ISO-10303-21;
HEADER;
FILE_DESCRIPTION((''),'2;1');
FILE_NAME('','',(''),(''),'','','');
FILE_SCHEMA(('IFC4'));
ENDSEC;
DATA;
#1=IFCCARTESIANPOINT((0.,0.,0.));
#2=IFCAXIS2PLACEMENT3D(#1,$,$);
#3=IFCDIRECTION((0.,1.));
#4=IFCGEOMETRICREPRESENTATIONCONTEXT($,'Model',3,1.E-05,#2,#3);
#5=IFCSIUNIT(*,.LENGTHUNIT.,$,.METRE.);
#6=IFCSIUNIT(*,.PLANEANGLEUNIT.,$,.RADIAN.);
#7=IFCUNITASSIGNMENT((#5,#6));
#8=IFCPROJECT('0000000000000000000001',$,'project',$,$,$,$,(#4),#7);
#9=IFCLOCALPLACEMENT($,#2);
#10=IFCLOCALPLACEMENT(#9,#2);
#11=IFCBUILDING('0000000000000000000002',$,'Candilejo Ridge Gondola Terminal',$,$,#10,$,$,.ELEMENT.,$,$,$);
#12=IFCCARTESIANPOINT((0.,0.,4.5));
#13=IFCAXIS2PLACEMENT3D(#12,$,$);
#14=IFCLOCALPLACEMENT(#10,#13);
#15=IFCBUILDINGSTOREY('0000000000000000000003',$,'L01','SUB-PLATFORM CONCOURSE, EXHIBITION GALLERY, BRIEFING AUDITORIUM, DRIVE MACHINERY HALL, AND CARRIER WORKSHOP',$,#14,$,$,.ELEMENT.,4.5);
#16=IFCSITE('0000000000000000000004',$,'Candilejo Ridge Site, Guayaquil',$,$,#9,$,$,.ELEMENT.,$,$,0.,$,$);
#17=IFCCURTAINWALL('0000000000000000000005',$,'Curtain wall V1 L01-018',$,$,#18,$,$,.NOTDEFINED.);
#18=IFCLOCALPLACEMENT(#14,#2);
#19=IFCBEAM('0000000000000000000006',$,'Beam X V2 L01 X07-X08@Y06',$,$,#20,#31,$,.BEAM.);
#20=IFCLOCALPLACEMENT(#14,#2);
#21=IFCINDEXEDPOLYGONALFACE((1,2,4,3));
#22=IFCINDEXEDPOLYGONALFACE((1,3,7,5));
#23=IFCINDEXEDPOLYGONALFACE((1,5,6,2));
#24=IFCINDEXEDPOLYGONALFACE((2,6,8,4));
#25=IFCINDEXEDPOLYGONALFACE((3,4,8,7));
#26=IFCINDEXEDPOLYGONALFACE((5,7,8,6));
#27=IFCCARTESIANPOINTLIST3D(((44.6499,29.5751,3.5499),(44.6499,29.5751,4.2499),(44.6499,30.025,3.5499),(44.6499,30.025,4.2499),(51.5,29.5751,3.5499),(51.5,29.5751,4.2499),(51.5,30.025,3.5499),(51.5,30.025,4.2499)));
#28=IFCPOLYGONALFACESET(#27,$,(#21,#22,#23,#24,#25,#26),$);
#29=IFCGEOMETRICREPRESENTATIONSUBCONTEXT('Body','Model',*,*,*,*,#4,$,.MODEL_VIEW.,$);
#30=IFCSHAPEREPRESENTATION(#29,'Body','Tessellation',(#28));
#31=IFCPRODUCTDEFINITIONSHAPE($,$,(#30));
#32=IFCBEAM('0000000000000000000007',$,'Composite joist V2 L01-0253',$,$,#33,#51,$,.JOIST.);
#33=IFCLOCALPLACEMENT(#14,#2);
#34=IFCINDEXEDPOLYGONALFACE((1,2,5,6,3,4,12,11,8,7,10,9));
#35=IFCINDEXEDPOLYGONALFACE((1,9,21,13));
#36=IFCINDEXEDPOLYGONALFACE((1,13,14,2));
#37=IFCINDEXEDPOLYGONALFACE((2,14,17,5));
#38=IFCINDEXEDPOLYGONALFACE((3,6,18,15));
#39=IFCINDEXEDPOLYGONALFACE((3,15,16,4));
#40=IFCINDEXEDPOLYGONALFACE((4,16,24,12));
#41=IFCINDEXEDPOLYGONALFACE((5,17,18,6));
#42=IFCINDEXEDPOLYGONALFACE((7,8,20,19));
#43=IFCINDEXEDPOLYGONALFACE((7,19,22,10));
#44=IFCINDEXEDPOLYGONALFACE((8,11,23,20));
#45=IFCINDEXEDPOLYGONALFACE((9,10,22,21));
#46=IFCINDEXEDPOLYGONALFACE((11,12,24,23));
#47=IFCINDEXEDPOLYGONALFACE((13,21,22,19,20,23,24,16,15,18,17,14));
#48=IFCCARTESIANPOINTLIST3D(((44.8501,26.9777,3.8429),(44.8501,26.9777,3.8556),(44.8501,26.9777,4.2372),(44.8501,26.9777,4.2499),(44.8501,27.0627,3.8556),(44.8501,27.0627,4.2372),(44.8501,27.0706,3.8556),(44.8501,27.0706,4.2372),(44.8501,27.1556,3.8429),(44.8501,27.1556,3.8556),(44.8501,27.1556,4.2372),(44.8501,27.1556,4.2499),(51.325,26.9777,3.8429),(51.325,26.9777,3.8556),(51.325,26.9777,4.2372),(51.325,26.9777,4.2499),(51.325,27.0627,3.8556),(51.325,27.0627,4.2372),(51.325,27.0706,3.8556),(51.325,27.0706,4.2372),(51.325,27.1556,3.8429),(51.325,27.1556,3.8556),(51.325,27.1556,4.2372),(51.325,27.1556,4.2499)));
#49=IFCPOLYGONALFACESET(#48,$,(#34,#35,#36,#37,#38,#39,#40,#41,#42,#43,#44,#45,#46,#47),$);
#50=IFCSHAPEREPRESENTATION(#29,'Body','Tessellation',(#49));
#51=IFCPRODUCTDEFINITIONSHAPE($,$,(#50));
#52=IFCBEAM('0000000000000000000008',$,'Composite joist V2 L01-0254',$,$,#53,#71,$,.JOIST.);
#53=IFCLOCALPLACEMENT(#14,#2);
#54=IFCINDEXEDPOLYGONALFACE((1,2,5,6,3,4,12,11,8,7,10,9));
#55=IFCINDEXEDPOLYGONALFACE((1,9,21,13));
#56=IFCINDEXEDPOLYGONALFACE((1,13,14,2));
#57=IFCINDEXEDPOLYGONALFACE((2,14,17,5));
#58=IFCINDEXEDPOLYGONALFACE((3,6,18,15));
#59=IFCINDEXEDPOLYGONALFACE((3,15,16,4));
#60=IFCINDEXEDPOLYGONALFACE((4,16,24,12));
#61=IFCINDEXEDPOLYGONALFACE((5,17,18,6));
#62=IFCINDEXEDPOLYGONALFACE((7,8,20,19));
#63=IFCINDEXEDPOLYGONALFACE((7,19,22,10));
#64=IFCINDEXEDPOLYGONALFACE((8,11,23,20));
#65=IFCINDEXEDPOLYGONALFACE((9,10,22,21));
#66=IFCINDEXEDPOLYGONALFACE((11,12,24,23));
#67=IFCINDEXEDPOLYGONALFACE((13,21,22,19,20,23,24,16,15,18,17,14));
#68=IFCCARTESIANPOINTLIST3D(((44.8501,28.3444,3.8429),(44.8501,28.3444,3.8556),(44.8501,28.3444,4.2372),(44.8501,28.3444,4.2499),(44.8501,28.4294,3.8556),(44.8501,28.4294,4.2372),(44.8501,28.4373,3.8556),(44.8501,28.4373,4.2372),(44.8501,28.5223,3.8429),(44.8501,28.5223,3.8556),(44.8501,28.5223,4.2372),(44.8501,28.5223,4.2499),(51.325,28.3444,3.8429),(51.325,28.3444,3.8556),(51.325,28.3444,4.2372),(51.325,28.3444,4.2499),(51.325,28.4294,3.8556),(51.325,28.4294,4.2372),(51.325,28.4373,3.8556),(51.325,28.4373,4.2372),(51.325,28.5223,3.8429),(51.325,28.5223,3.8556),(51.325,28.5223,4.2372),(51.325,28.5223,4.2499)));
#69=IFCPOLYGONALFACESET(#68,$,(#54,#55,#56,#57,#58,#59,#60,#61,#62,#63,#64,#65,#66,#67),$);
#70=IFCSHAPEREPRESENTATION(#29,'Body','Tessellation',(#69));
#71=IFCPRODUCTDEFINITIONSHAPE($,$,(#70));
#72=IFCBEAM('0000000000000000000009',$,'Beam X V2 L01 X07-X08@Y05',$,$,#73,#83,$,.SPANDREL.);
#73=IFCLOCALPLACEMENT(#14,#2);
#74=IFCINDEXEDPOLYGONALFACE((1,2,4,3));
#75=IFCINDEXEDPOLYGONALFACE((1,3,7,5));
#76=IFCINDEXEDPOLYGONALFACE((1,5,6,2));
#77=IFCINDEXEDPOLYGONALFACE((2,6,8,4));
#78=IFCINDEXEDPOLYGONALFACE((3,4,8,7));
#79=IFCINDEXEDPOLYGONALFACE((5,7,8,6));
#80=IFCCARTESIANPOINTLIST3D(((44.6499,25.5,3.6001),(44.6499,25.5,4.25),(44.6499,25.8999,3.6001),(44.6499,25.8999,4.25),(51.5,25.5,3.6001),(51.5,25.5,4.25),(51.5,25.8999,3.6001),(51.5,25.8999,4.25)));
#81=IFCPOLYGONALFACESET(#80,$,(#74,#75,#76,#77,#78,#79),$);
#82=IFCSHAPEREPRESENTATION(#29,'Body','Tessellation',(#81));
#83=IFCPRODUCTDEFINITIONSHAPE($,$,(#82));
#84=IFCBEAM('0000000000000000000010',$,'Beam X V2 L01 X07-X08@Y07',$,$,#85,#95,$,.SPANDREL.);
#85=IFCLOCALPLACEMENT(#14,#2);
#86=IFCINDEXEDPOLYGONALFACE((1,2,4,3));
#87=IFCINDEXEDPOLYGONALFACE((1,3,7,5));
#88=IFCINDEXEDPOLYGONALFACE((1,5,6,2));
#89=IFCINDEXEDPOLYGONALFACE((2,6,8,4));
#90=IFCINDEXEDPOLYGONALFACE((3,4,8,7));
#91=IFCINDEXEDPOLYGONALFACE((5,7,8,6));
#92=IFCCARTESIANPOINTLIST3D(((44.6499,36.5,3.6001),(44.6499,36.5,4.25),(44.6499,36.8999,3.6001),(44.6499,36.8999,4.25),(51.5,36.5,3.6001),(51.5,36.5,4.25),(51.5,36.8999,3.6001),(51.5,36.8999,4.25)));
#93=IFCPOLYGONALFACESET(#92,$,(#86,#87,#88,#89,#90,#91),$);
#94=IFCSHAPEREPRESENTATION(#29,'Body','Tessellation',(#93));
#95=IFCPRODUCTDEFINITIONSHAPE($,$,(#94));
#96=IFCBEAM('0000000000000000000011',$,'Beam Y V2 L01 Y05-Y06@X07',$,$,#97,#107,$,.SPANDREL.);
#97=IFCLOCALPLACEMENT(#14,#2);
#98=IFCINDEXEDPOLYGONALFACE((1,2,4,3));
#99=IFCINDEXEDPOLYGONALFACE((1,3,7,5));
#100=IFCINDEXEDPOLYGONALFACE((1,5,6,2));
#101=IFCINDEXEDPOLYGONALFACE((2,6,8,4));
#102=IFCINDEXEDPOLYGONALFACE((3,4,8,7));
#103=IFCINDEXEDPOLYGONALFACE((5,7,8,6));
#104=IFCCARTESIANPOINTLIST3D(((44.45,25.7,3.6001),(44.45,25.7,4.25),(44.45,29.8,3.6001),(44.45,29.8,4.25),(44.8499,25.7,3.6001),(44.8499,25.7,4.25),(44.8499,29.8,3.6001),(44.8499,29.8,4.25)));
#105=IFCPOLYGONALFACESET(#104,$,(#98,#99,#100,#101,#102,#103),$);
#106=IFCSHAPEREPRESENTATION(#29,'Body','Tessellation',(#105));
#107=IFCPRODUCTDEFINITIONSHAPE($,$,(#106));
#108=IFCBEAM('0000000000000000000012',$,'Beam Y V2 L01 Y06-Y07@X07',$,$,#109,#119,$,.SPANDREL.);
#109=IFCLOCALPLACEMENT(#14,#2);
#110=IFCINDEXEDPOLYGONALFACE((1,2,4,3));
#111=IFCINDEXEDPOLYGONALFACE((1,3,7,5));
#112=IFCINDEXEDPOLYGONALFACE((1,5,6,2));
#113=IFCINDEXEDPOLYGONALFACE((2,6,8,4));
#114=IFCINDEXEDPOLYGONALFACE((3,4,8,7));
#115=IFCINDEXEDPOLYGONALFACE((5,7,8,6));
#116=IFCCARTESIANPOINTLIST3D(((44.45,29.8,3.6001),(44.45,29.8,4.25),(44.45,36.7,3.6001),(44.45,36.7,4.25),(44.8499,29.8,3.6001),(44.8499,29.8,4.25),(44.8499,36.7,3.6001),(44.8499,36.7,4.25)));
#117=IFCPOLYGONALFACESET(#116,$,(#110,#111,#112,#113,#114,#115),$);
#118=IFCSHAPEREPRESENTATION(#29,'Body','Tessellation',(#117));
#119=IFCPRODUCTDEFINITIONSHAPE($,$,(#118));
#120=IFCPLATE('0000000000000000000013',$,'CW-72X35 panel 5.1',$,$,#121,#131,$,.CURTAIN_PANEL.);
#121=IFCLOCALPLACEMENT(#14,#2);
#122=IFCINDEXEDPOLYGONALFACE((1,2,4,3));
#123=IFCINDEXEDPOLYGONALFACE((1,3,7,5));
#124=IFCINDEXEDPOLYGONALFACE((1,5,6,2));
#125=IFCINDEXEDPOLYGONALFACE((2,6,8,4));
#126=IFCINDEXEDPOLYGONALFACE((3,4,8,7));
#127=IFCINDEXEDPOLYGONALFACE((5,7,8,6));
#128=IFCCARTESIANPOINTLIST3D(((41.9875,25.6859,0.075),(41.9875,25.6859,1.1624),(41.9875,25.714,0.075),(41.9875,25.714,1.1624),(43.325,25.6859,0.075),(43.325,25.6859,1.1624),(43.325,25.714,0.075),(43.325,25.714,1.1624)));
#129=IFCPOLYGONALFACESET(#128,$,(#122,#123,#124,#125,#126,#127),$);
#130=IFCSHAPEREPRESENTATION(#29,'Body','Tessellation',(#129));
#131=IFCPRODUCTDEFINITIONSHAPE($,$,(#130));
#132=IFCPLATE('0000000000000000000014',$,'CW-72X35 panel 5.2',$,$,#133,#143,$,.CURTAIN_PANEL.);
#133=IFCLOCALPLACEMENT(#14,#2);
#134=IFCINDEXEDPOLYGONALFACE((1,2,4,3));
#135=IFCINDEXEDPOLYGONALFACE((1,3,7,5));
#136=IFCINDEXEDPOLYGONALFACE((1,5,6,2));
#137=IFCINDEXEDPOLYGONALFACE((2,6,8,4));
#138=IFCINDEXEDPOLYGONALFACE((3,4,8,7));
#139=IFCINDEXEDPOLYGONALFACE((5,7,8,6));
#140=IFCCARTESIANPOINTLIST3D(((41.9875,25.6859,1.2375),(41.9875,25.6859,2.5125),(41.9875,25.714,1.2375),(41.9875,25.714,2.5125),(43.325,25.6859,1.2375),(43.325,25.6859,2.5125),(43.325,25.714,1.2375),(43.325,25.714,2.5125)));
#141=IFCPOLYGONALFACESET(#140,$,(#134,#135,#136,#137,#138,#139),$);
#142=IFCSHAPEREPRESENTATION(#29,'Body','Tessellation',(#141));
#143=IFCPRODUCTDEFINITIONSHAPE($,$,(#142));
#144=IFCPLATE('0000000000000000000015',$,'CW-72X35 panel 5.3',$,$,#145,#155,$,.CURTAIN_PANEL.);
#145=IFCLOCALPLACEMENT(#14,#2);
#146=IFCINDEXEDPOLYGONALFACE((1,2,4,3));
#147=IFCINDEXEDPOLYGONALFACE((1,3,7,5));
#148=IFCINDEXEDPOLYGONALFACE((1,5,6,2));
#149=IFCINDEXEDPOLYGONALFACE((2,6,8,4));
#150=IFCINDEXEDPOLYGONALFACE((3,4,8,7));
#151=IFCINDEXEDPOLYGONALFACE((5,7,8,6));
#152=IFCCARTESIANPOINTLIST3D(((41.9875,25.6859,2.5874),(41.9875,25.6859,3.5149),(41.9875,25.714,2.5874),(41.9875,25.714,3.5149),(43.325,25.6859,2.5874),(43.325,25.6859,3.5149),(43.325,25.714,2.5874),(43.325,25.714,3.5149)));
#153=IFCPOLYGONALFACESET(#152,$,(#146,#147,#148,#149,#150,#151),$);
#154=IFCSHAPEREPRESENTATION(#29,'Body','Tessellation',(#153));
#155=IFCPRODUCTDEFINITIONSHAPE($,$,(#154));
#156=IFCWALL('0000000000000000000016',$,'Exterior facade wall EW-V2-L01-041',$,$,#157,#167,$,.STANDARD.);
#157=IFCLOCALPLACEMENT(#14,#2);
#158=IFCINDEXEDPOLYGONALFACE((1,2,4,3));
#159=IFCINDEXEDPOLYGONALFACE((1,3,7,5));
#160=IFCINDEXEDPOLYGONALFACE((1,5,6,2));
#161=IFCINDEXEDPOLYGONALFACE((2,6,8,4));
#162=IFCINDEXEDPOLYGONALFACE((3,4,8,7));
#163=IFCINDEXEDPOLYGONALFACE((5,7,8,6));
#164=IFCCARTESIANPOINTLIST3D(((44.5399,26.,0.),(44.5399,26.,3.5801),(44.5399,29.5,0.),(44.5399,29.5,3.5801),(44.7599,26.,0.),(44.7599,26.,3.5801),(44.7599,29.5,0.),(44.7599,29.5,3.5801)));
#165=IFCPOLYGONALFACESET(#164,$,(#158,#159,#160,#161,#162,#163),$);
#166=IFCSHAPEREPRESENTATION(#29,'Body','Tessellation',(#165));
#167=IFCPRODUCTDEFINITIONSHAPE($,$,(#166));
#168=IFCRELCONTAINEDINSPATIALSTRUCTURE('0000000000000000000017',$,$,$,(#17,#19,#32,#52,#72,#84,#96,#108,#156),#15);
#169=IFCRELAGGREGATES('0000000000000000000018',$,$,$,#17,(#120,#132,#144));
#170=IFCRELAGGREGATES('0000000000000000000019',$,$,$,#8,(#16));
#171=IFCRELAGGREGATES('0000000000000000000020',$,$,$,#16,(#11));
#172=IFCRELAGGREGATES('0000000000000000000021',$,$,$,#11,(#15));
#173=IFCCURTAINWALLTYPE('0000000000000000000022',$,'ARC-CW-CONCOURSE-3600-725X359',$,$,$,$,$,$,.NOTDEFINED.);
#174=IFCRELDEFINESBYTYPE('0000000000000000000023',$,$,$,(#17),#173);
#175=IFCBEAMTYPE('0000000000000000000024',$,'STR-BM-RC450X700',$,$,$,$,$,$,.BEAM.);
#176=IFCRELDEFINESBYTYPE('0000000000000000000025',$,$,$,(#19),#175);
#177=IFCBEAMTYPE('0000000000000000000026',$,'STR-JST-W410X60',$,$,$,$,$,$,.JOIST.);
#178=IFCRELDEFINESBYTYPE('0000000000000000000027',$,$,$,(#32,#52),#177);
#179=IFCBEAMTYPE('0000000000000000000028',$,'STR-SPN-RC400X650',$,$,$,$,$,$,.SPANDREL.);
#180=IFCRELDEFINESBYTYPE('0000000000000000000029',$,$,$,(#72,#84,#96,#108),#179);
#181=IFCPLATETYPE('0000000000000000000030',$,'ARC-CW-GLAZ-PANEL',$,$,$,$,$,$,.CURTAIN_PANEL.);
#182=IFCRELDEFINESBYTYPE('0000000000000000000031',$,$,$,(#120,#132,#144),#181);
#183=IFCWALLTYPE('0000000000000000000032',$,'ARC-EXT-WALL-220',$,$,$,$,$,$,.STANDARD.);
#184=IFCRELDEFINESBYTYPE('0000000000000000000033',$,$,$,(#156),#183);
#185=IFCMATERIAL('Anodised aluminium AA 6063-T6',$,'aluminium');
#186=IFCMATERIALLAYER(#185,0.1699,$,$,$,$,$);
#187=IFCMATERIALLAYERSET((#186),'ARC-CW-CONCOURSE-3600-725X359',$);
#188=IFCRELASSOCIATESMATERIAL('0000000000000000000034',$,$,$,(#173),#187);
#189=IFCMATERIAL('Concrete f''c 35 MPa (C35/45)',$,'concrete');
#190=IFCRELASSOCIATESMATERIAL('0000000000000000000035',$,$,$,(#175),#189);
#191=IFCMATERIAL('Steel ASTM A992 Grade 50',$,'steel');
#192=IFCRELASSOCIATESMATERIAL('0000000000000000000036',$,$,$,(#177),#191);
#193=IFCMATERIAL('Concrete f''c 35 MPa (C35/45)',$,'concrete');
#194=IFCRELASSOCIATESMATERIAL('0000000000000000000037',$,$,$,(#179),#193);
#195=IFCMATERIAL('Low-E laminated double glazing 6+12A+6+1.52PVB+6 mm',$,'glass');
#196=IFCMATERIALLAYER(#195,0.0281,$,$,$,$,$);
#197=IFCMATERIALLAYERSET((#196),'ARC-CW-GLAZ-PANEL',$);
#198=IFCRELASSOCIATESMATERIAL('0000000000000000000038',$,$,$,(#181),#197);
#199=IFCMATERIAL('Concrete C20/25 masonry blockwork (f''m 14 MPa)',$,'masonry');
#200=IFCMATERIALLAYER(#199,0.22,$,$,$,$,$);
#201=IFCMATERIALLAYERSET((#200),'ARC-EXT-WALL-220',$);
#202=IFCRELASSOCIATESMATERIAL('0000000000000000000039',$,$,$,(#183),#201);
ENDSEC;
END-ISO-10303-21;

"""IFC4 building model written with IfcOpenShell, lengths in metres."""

from ifc_helpers import new_model, si_unit, direction, frame, frame_2d, origin, origin_2d, place, context, subcontext, project, spatial, rectangle, i_section, extrude, material, layer, layer_set, material_profile, profile_set, type_object, element, aggregate, save


model = new_model("IFC4")

# Units and contexts
model_context = context("Model", 3, precision=1e-05, world=origin(), true_north=direction((0.0, 1.0)))
body_context = subcontext(model_context, "Body", "Model", "MODEL_VIEW")
ifc_project = project(units=[si_unit("LENGTHUNIT", "METRE"), si_unit("PLANEANGLEUNIT", "RADIAN")], contexts=[model_context])

# Site, building, storey
site_placement = place(None, origin())
site = spatial("IfcSite", under=ifc_project, at=site_placement, Name="Candilejo Ridge Site, Guayaquil", CompositionType="ELEMENT", RefElevation=0.0)
building_placement = place(site_placement, origin())
building = spatial("IfcBuilding", under=site, at=building_placement, Name="Candilejo Ridge Gondola Terminal", CompositionType="ELEMENT")
storey_placement = place(building_placement, frame((0.0, 0.0, 4.5)))
storey = spatial("IfcBuildingStorey", under=building, at=storey_placement, Name="L01", Description="SUB-PLATFORM CONCOURSE, EXHIBITION GALLERY, BRIEFING AUDITORIUM, DRIVE MACHINERY HALL, AND CARRIER WORKSHOP", CompositionType="ELEMENT", Elevation=4.5)

# Curtain wall
ifc_material_1 = material(Name="Anodised aluminium AA 6063-T6", Category="aluminium")
ifc_layer_1 = layer(ifc_material_1, 0.1699)
ifc_layer_set_1 = layer_set([ifc_layer_1], Name="ARC-CW-CONCOURSE-3600-725X359")
curtain_wall_type_1 = type_object("IfcCurtainWallType", Name="ARC-CW-CONCOURSE-3600-725X359", PredefinedType="NOTDEFINED", material=ifc_layer_set_1)
curtain_wall_1_placement = place(storey_placement, origin())
curtain_wall_1 = element("IfcCurtainWall", 1, at=curtain_wall_1_placement, inside=storey, type_object=curtain_wall_type_1, Name="Curtain wall V1 L01-018", PredefinedType="NOTDEFINED")

# Beams
ifc_material_2 = material(Name="Concrete f'c 35 MPa (C35/45)", Category="concrete")
ifc_material_profile_1 = material_profile(ifc_material_2, rectangle(XDim=0.45, YDim=0.7, at=origin_2d()))
ifc_profile_set_1 = profile_set([ifc_material_profile_1], Name="Concrete f'c 35 MPa (C35/45)")
beam_type_1 = type_object("IfcBeamType", Name="STR-BM-RC450X700", PredefinedType="BEAM", material=ifc_profile_set_1)
beam_1_placement = place(storey_placement, frame((44.6499, 29.8, 3.8999), z_axis=(1.0, 0.0, 0.0), x_axis=(0.0, 1.0, 0.0)))
element("IfcBeam", 2, at=beam_1_placement, inside=storey, type_object=beam_type_1, Name="Beam X V2 L01 X07-X08@Y06", PredefinedType="BEAM", context=body_context, shape_type="SweptSolid", body=[
    extrude(rectangle(XDim=0.45, YDim=0.7, at=origin_2d()), origin(), (0.0, 0.0, 1.0), 6.8501),
])
ifc_material_3 = material(Name="Steel ASTM A992 Grade 50", Category="steel")
ifc_material_profile_2 = material_profile(ifc_material_3, i_section(OverallWidth=0.178, OverallDepth=0.407, WebThickness=0.0078, FlangeThickness=0.0127, at=origin_2d()))
ifc_profile_set_2 = profile_set([ifc_material_profile_2], Name="Steel ASTM A992 Grade 50")
beam_type_2 = type_object("IfcBeamType", Name="STR-JST-W410X60", PredefinedType="JOIST", material=ifc_profile_set_2)
for number, where, z_axis, x_axis, name in (
    (3, (44.8501, 27.0667, 4.0464), (1.0, 0.0, 0.0), (0.0, 1.0, 0.0), "Composite joist V2 L01-0253"),
    (4, (44.8501, 28.4333, 4.0464), (1.0, 0.0, 0.0), (0.0, 1.0, 0.0), "Composite joist V2 L01-0254"),
):
    element("IfcBeam", number, at=place(storey_placement, frame(where, z_axis=z_axis, x_axis=x_axis)), inside=storey, type_object=beam_type_2, Name=name, PredefinedType="JOIST", context=body_context, shape_type="SweptSolid", body=[
        extrude(i_section(OverallWidth=0.178, OverallDepth=0.407, WebThickness=0.0078, FlangeThickness=0.0127, at=origin_2d()), origin(), (0.0, 0.0, 1.0), 6.4749),
    ])
ifc_material_4 = material(Name="Concrete f'c 35 MPa (C35/45)", Category="concrete")
ifc_material_profile_3 = material_profile(ifc_material_4, rectangle(XDim=0.3999, YDim=0.6499, at=origin_2d()))
ifc_profile_set_3 = profile_set([ifc_material_profile_3], Name="Concrete f'c 35 MPa (C35/45)")
beam_type_3 = type_object("IfcBeamType", Name="STR-SPN-RC400X650", PredefinedType="SPANDREL", material=ifc_profile_set_3)
for number, where, z_axis, x_axis, name in (
    (5, (44.6499, 25.7, 3.925), (1.0, 0.0, 0.0), (0.0, 1.0, 0.0), "Beam X V2 L01 X07-X08@Y05"),
    (6, (44.6499, 36.7, 3.925), (1.0, 0.0, 0.0), (0.0, 1.0, 0.0), "Beam X V2 L01 X07-X08@Y07"),
):
    element("IfcBeam", number, at=place(storey_placement, frame(where, z_axis=z_axis, x_axis=x_axis)), inside=storey, type_object=beam_type_3, Name=name, PredefinedType="SPANDREL", context=body_context, shape_type="SweptSolid", body=[
        extrude(rectangle(XDim=0.3999, YDim=0.6499, at=origin_2d()), origin(), (0.0, 0.0, 1.0), 6.8501),
    ])
beam_2_placement = place(storey_placement, frame((44.6499, 25.7, 3.925), z_axis=(0.0, 1.0, 0.0), x_axis=(-1.0, 0.0, 0.0)))
element("IfcBeam", 7, at=beam_2_placement, inside=storey, type_object=beam_type_3, Name="Beam Y V2 L01 Y05-Y06@X07", PredefinedType="SPANDREL", context=body_context, shape_type="SweptSolid", body=[
    extrude(rectangle(XDim=0.3999, YDim=0.6499, at=origin_2d()), origin(), (0.0, 0.0, 1.0), 4.1001),
])
beam_3_placement = place(storey_placement, frame((44.6499, 29.8, 3.925), z_axis=(0.0, 1.0, 0.0), x_axis=(-1.0, 0.0, 0.0)))
element("IfcBeam", 8, at=beam_3_placement, inside=storey, type_object=beam_type_3, Name="Beam Y V2 L01 Y06-Y07@X07", PredefinedType="SPANDREL", context=body_context, shape_type="SweptSolid", body=[
    extrude(rectangle(XDim=0.3999, YDim=0.6499, at=origin_2d()), origin(), (0.0, 0.0, 1.0), 6.8999),
])

# Plates
ifc_material_5 = material(Name="Low-E laminated double glazing 6+12A+6+1.52PVB+6 mm", Category="glass")
ifc_layer_2 = layer(ifc_material_5, 0.0281)
ifc_layer_set_2 = layer_set([ifc_layer_2], Name="ARC-CW-GLAZ-PANEL")
plate_type = type_object("IfcPlateType", Name="ARC-CW-GLAZ-PANEL", PredefinedType="CURTAIN_PANEL", material=ifc_layer_set_2)
plate_1_placement = place(storey_placement, frame((42.6562, 25.7, 0.075), z_axis=(0.0, 0.0, 1.0), x_axis=(1.0, 0.0, 0.0)))
plate_1 = element("IfcPlate", 9, at=plate_1_placement, type_object=plate_type, Name="CW-72X35 panel 5.1", PredefinedType="CURTAIN_PANEL", context=body_context, shape_type="SweptSolid", body=[
    extrude(rectangle(XDim=1.3374, YDim=0.0281, at=origin_2d()), origin(), (0.0, 0.0, 1.0), 1.0874),
])
plate_2_placement = place(storey_placement, frame((42.6562, 25.7, 1.2375), z_axis=(0.0, 0.0, 1.0), x_axis=(1.0, 0.0, 0.0)))
plate_2 = element("IfcPlate", 10, at=plate_2_placement, type_object=plate_type, Name="CW-72X35 panel 5.2", PredefinedType="CURTAIN_PANEL", context=body_context, shape_type="SweptSolid", body=[
    extrude(rectangle(XDim=1.3374, YDim=0.0281, at=origin_2d()), origin(), (0.0, 0.0, 1.0), 1.2749),
])
plate_3_placement = place(storey_placement, frame((42.6562, 25.7, 2.5874), z_axis=(0.0, 0.0, 1.0), x_axis=(1.0, 0.0, 0.0)))
plate_3 = element("IfcPlate", 11, at=plate_3_placement, type_object=plate_type, Name="CW-72X35 panel 5.3", PredefinedType="CURTAIN_PANEL", context=body_context, shape_type="SweptSolid", body=[
    extrude(rectangle(XDim=1.3374, YDim=0.0281, at=origin_2d()), origin(), (0.0, 0.0, 1.0), 0.9275),
])
aggregate(curtain_wall_1, [plate_1, plate_2, plate_3])

# Wall
ifc_material_6 = material(Name="Concrete C20/25 masonry blockwork (f'm 14 MPa)", Category="masonry")
ifc_layer_3 = layer(ifc_material_6, 0.22)
ifc_layer_set_3 = layer_set([ifc_layer_3], Name="ARC-EXT-WALL-220")
wall_type = type_object("IfcWallType", Name="ARC-EXT-WALL-220", PredefinedType="STANDARD", material=ifc_layer_set_3)
wall_1_placement = place(storey_placement, frame((44.6499, 26.0, 0.0), z_axis=(0.0, 0.0, 1.0), x_axis=(0.0, 1.0, 0.0)))
element("IfcWall", 12, at=wall_1_placement, inside=storey, type_object=wall_type, Name="Exterior facade wall EW-V2-L01-041", PredefinedType="STANDARD", context=body_context, shape_type="SweptSolid", body=[
    extrude(rectangle(XDim=3.5, YDim=0.22, at=frame_2d((1.75, 0.0))), origin(), (0.0, 0.0, 1.0), 3.5801),
])

save(model, "model.ifc")
